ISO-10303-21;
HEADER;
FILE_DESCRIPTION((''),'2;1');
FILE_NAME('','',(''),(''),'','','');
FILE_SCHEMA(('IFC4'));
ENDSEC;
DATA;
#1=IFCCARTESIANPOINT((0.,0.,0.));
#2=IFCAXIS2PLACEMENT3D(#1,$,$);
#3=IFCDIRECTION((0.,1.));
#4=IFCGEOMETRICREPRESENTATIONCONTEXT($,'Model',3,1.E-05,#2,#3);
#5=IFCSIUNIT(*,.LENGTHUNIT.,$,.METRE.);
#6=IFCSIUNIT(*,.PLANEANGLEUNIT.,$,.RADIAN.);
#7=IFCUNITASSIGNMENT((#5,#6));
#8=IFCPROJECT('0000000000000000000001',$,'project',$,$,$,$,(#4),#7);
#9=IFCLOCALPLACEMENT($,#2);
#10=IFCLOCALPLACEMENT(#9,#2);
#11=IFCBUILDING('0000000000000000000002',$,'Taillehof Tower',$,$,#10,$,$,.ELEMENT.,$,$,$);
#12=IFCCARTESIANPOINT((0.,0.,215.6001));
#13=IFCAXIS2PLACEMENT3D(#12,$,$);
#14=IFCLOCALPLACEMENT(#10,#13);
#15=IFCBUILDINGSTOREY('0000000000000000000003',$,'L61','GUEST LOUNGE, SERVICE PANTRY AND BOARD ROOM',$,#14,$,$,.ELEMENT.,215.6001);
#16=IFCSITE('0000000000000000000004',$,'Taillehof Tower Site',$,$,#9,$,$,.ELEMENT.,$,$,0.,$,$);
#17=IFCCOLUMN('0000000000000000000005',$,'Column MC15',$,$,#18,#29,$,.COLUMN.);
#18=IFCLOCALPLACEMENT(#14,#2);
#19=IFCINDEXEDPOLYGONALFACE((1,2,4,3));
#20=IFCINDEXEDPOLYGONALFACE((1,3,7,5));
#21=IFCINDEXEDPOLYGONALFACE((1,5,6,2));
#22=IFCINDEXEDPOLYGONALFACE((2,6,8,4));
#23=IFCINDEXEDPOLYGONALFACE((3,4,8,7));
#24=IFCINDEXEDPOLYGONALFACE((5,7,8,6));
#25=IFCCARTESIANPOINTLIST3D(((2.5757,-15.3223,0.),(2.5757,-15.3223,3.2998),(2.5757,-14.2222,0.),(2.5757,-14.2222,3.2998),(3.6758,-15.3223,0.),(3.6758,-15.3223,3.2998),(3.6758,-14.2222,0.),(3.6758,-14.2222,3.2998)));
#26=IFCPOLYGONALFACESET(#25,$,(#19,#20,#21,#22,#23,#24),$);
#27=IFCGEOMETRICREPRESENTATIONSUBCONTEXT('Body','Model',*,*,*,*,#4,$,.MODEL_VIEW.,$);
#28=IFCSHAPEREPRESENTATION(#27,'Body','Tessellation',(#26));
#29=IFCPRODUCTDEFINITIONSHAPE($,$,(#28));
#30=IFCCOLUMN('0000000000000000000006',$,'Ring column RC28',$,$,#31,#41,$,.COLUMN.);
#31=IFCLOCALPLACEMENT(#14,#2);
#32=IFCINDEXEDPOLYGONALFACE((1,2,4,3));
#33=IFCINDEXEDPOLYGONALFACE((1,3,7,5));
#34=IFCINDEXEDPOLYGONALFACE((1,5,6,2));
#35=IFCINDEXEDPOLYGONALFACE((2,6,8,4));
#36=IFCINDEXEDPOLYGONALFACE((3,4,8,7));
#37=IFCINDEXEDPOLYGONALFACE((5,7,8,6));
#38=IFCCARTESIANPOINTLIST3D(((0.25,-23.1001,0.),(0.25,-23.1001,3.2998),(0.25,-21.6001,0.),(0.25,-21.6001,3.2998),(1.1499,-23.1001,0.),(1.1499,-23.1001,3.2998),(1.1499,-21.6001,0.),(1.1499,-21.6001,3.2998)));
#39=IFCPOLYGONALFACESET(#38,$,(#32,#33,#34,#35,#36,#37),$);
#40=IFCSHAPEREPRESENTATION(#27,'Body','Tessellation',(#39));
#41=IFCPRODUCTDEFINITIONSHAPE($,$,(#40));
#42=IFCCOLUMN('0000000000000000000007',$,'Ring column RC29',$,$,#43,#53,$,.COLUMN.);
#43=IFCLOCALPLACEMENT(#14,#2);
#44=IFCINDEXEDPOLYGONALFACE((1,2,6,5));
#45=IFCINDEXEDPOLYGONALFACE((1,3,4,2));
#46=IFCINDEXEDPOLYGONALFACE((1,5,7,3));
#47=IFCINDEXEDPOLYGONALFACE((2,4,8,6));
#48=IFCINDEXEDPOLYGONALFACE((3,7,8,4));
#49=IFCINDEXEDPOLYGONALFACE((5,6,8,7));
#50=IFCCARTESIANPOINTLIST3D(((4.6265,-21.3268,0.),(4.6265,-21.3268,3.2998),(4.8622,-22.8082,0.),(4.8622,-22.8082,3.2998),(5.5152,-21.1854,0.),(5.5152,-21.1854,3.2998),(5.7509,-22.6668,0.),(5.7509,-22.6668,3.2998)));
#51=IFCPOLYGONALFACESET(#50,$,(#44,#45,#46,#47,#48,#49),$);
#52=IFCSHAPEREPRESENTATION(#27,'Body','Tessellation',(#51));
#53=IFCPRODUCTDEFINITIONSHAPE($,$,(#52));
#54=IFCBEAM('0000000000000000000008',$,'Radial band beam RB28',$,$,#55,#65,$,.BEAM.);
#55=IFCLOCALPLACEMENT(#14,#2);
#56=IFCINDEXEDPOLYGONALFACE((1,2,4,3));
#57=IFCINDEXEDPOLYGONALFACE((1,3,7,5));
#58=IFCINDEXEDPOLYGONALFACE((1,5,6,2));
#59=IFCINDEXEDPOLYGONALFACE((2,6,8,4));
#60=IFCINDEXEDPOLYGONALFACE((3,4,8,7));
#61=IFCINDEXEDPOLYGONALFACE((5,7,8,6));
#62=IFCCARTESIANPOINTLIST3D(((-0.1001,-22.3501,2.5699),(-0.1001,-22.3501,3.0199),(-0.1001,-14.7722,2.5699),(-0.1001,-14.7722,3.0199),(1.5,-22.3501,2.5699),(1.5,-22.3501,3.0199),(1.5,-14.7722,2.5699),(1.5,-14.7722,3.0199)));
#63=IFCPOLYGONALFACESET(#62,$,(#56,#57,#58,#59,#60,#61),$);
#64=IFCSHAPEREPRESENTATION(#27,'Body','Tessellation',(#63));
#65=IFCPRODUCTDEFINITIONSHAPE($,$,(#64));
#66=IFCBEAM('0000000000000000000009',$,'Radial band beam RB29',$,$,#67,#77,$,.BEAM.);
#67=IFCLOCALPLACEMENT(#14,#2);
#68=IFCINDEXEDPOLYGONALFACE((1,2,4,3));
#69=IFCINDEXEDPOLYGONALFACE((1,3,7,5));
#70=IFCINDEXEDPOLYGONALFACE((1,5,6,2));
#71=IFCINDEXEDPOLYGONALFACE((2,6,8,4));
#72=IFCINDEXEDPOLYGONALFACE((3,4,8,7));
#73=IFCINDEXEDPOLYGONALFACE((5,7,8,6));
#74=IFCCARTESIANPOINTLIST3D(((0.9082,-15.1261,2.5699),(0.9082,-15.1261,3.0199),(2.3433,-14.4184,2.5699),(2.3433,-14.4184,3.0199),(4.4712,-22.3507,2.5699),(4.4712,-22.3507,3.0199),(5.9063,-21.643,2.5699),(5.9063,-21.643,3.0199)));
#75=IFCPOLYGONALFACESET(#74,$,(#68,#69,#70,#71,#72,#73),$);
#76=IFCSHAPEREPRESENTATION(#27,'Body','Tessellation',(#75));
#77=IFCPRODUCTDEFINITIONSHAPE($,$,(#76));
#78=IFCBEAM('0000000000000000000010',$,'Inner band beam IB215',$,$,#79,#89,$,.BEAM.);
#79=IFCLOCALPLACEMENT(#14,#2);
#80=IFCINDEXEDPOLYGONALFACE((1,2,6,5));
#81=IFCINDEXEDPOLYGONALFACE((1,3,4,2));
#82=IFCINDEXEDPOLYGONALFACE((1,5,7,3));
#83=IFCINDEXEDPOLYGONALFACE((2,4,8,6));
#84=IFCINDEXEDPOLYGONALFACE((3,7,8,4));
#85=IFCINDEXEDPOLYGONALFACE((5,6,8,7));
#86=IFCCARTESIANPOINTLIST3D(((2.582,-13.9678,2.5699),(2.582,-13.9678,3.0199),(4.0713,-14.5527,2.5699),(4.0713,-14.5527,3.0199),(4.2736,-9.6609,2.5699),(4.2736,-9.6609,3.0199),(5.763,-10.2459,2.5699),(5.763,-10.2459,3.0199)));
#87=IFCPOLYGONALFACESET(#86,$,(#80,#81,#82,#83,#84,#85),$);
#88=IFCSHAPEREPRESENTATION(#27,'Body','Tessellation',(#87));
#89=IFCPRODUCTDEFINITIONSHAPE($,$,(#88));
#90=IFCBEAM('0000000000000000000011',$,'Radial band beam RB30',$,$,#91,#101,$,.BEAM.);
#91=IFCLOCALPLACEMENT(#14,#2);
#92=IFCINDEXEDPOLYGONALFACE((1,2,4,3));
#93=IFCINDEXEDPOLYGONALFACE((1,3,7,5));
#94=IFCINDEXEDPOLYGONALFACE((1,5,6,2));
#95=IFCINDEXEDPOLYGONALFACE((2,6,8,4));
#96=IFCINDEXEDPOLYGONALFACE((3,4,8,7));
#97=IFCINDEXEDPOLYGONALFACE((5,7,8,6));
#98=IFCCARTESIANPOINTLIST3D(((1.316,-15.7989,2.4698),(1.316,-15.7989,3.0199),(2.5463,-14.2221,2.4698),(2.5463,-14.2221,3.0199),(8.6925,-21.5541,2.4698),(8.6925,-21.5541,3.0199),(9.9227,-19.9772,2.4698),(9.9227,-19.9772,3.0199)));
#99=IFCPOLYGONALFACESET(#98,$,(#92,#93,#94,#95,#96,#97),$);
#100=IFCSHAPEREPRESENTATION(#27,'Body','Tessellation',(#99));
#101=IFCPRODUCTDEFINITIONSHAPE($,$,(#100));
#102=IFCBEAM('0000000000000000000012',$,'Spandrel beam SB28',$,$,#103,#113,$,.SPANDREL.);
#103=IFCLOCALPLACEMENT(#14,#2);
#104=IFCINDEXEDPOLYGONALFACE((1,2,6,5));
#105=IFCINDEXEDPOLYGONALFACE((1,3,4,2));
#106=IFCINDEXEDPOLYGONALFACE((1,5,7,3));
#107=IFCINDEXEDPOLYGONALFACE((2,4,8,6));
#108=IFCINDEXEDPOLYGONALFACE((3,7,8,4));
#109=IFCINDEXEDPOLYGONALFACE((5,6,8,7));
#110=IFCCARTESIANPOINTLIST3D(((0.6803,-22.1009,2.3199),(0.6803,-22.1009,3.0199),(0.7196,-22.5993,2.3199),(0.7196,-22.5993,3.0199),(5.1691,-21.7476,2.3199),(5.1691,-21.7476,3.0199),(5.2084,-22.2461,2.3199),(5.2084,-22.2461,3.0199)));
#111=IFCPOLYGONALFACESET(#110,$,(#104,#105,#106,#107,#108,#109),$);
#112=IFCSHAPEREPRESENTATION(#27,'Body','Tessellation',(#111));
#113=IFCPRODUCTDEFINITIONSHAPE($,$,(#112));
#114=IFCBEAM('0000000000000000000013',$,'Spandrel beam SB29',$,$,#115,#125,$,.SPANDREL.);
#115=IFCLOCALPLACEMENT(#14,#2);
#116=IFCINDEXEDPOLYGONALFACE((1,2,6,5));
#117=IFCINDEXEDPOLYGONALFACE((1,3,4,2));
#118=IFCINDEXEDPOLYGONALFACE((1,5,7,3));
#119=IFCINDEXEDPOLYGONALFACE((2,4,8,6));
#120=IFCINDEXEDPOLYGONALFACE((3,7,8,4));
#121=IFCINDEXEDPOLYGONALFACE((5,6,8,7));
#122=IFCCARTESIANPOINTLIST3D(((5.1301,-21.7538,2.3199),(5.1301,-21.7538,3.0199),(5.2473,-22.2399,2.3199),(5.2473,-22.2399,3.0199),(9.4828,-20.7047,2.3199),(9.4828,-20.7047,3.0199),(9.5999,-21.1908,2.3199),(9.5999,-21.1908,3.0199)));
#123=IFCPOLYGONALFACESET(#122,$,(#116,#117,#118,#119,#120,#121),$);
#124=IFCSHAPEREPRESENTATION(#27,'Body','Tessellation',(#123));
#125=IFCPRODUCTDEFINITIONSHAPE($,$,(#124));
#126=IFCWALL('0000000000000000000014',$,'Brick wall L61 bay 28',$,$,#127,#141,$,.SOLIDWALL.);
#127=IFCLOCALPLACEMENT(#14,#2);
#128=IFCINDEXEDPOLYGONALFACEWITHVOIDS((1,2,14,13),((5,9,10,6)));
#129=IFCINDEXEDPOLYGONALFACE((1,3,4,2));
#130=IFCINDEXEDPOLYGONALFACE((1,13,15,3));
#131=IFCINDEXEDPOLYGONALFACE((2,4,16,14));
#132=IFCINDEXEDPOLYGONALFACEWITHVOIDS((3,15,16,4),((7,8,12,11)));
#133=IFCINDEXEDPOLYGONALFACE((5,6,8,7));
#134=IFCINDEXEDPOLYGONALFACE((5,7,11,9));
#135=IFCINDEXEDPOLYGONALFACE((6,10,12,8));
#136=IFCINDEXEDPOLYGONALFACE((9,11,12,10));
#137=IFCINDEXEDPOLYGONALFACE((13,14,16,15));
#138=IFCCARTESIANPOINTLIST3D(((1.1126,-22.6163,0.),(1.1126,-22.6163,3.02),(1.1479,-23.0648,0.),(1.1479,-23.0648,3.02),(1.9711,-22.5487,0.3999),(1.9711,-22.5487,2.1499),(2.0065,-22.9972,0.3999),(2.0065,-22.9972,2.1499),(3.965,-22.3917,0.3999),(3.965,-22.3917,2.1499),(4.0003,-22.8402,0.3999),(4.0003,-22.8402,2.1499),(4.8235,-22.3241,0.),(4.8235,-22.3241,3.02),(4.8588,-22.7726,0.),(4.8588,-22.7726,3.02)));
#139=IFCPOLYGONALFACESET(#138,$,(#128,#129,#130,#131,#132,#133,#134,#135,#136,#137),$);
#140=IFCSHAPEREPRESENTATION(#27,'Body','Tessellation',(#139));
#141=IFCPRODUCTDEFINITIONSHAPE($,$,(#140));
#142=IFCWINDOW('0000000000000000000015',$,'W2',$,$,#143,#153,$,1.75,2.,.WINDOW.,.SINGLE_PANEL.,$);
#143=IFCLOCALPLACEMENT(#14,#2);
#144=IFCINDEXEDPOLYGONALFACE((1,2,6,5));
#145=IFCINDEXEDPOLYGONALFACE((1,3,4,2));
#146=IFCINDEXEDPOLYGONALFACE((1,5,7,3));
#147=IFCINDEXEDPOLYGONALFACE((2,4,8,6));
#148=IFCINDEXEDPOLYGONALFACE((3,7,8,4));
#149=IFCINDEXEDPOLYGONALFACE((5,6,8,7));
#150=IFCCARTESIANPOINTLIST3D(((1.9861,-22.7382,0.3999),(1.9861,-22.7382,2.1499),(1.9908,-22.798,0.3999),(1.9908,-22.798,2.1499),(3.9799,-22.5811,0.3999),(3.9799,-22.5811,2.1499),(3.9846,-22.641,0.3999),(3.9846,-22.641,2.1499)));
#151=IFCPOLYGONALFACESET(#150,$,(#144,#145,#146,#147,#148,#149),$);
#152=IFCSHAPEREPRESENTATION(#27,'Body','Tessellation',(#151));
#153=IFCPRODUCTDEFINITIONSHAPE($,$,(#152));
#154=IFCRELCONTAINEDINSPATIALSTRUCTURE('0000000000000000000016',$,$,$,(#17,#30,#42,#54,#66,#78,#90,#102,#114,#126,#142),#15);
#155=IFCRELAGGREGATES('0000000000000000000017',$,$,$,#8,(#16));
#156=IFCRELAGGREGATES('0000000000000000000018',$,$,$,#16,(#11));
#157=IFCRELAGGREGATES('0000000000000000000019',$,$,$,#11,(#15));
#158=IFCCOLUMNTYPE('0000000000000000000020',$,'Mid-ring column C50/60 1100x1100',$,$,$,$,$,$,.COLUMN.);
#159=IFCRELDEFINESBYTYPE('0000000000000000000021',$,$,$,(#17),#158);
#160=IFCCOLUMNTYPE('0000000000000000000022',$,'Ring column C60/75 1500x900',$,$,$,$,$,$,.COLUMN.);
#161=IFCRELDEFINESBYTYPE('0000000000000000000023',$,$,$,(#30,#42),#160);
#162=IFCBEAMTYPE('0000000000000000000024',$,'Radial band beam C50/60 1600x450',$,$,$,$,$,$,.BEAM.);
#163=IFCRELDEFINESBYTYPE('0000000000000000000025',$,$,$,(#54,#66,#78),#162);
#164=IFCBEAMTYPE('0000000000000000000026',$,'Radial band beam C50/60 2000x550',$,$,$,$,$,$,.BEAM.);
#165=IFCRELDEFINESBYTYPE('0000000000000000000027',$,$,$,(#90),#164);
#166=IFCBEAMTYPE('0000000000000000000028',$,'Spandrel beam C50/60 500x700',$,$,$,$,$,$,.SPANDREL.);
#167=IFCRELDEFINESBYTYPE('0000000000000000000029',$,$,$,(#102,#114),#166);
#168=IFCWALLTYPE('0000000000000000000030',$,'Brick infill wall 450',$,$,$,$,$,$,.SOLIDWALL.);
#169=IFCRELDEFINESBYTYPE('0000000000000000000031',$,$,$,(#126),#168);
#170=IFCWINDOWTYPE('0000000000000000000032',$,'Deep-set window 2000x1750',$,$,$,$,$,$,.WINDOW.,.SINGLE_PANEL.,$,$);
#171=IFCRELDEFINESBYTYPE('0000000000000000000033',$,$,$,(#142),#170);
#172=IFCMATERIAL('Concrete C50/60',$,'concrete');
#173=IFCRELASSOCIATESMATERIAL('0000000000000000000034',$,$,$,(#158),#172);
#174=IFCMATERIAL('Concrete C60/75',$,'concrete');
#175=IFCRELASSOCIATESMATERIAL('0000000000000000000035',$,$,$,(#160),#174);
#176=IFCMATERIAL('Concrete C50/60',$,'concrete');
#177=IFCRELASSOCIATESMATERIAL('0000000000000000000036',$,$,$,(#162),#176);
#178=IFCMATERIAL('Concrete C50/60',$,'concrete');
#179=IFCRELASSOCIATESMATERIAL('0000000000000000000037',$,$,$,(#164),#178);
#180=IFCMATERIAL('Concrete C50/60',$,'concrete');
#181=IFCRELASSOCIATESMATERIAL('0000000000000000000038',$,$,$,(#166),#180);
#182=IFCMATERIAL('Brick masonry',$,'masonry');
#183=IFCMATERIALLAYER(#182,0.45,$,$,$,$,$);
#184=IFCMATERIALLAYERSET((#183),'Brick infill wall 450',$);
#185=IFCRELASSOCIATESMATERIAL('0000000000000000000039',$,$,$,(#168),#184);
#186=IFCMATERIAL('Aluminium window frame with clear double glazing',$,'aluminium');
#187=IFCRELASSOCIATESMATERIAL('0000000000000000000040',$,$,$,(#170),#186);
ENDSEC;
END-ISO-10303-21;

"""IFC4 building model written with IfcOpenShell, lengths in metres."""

from ifc_helpers import new_model, si_unit, direction, frame, frame_2d, origin, origin_2d, place, context, subcontext, project, spatial, rectangle, extrude, material, layer, layer_set, material_profile, profile_set, type_object, element, fill, save


model = new_model("IFC4")

# Units and contexts
model_context = context("Model", 3, precision=1e-05, world=origin(), true_north=direction((0.0, 1.0)))
body_context = subcontext(model_context, "Body", "Model", "MODEL_VIEW")
ifc_project = project(units=[si_unit("LENGTHUNIT", "METRE"), si_unit("PLANEANGLEUNIT", "RADIAN")], contexts=[model_context])

# Site, building, storey
site_placement = place(None, origin())
site = spatial("IfcSite", under=ifc_project, at=site_placement, Name="Taillehof Tower Site", CompositionType="ELEMENT", RefElevation=0.0)
building_placement = place(site_placement, origin())
building = spatial("IfcBuilding", under=site, at=building_placement, Name="Taillehof Tower", CompositionType="ELEMENT")
storey_placement = place(building_placement, frame((0.0, 0.0, 215.6001)))
storey = spatial("IfcBuildingStorey", under=building, at=storey_placement, Name="L61", Description="GUEST LOUNGE, SERVICE PANTRY AND BOARD ROOM", CompositionType="ELEMENT", Elevation=215.6001)

# Columns
ifc_material_1 = material(Name="Concrete C50/60", Category="concrete")
ifc_material_profile_1 = material_profile(ifc_material_1, rectangle(XDim=1.1001, YDim=1.1001, at=origin_2d()), Name="RC 1100x1100")
ifc_profile_set_1 = profile_set([ifc_material_profile_1], Name="Concrete C50/60")
column_type_1 = type_object("IfcColumnType", Name="Mid-ring column C50/60 1100x1100", PredefinedType="COLUMN", material=ifc_profile_set_1)
column_placement = place(storey_placement, frame((3.1257, -14.7722, 0.0), z_axis=(0.0, 0.0, 1.0), x_axis=(1.0, 0.0, 0.0)))
element("IfcColumn", 1, at=column_placement, inside=storey, type_object=column_type_1, Name="Column MC15", PredefinedType="COLUMN", context=body_context, shape_type="SweptSolid", body=[
    extrude(rectangle(XDim=1.1001, YDim=1.1001, at=origin_2d()), origin(), (0.0, 0.0, 1.0), 3.2998),
])
ifc_material_2 = material(Name="Concrete C60/75", Category="concrete")
ifc_material_profile_2 = material_profile(ifc_material_2, rectangle(XDim=1.5, YDim=0.8999, at=origin_2d()), Name="RC 1500x900")
ifc_profile_set_2 = profile_set([ifc_material_profile_2], Name="Concrete C60/75")
column_type_2 = type_object("IfcColumnType", Name="Ring column C60/75 1500x900", PredefinedType="COLUMN", material=ifc_profile_set_2)
for number, where, z_axis, x_axis, name in (
    (2, (0.7, -22.3501, 0.0), (0.0, 0.0, 1.0), (0.0, -1.0, 0.0), "Ring column RC28"),
    (3, (5.1887, -21.9968, 0.0), (0.0, 0.0, 1.0), (0.157116, -0.98758, 0.0), "Ring column RC29"),
):
    element("IfcColumn", number, at=place(storey_placement, frame(where, z_axis=z_axis, x_axis=x_axis)), inside=storey, type_object=column_type_2, Name=name, PredefinedType="COLUMN", context=body_context, shape_type="SweptSolid", body=[
        extrude(rectangle(XDim=1.5, YDim=0.8999, at=origin_2d()), origin(), (0.0, 0.0, 1.0), 3.2998),
    ])

# Beams
ifc_material_3 = material(Name="Concrete C50/60", Category="concrete")
ifc_material_profile_3 = material_profile(ifc_material_3, rectangle(XDim=1.6001, YDim=0.45, at=origin_2d()), Name="RC 1600x450")
ifc_profile_set_3 = profile_set([ifc_material_profile_3], Name="Concrete C50/60")
beam_type_1 = type_object("IfcBeamType", Name="Radial band beam C50/60 1600x450", PredefinedType="BEAM", material=ifc_profile_set_3)
beam_1_placement = place(storey_placement, frame((0.7, -22.3501, 2.7949), z_axis=(0.0, 1.0, 0.0), x_axis=(-1.0, 0.0, 0.0)))
element("IfcBeam", 4, at=beam_1_placement, inside=storey, type_object=beam_type_1, Name="Radial band beam RB28", PredefinedType="BEAM", context=body_context, shape_type="SweptSolid", body=[
    extrude(rectangle(XDim=1.6001, YDim=0.45, at=origin_2d()), origin(), (0.0, 0.0, 1.0), 7.5779),
])
beam_2_placement = place(storey_placement, frame((5.1887, -21.9968, 2.7949), z_axis=(-0.442309, 0.896863, 0.0), x_axis=(-0.896863, -0.442309, 0.0)))
element("IfcBeam", 5, at=beam_2_placement, inside=storey, type_object=beam_type_1, Name="Radial band beam RB29", PredefinedType="BEAM", context=body_context, shape_type="SweptSolid", body=[
    extrude(rectangle(XDim=1.6001, YDim=0.45, at=origin_2d()), origin(), (0.0, 0.0, 1.0), 8.0554),
])
beam_3_placement = place(storey_placement, frame((3.3267, -14.2603, 2.7949), z_axis=(0.365589, 0.930777, 0.0), x_axis=(-0.930777, 0.365589, 0.0)))
element("IfcBeam", 6, at=beam_3_placement, inside=storey, type_object=beam_type_1, Name="Inner band beam IB215", PredefinedType="BEAM", context=body_context, shape_type="SweptSolid", body=[
    extrude(rectangle(XDim=1.6001, YDim=0.45, at=origin_2d()), origin(), (0.0, 0.0, 1.0), 4.6272),
])
ifc_material_4 = material(Name="Concrete C50/60", Category="concrete")
ifc_material_profile_4 = material_profile(ifc_material_4, rectangle(XDim=2.0, YDim=0.55, at=origin_2d()), Name="RC 2000x550")
ifc_profile_set_4 = profile_set([ifc_material_profile_4], Name="Concrete C50/60")
beam_type_2 = type_object("IfcBeamType", Name="Radial band beam C50/60 2000x550", PredefinedType="BEAM", material=ifc_profile_set_4)
beam_4_placement = place(storey_placement, frame((9.3076, -20.7656, 2.7449), z_axis=(-0.788425, 0.61513, 0.0), x_axis=(-0.61513, -0.788425, 0.0)))
element("IfcBeam", 7, at=beam_4_placement, inside=storey, type_object=beam_type_2, Name="Radial band beam RB30", PredefinedType="BEAM", context=body_context, shape_type="SweptSolid", body=[
    extrude(rectangle(XDim=2.0, YDim=0.55, at=origin_2d()), origin(), (0.0, 0.0, 1.0), 9.356),
])
ifc_material_5 = material(Name="Concrete C50/60", Category="concrete")
ifc_material_profile_5 = material_profile(ifc_material_5, rectangle(XDim=0.5, YDim=0.7, at=origin_2d()), Name="RC 500x700")
ifc_profile_set_5 = profile_set([ifc_material_profile_5], Name="Concrete C50/60")
beam_type_3 = type_object("IfcBeamType", Name="Spandrel beam C50/60 500x700", PredefinedType="SPANDREL", material=ifc_profile_set_5)
beam_5_placement = place(storey_placement, frame((0.7, -22.3501, 2.6699), z_axis=(0.996917, 0.078459, 0.0), x_axis=(-0.078459, 0.996917, 0.0)))
element("IfcBeam", 8, at=beam_5_placement, inside=storey, type_object=beam_type_3, Name="Spandrel beam SB28", PredefinedType="SPANDREL", context=body_context, shape_type="SweptSolid", body=[
    extrude(rectangle(XDim=0.5, YDim=0.7, at=origin_2d()), origin(), (0.0, 0.0, 1.0), 4.5027),
])
beam_6_placement = place(storey_placement, frame((5.1887, -21.9968, 2.6699), z_axis=(0.972161, 0.234315, 0.0), x_axis=(-0.234315, 0.972161, 0.0)))
element("IfcBeam", 9, at=beam_6_placement, inside=storey, type_object=beam_type_3, Name="Spandrel beam SB29", PredefinedType="SPANDREL", context=body_context, shape_type="SweptSolid", body=[
    extrude(rectangle(XDim=0.5, YDim=0.7, at=origin_2d()), origin(), (0.0, 0.0, 1.0), 4.4773),
])

# Wall, opening, window
ifc_material_6 = material(Name="Brick masonry", Category="masonry")
ifc_layer_1 = layer(ifc_material_6, 0.45)
ifc_layer_set_1 = layer_set([ifc_layer_1], Name="Brick infill wall 450")
wall_type_1 = type_object("IfcWallType", Name="Brick infill wall 450", PredefinedType="SOLIDWALL", material=ifc_layer_set_1)
wall_1_placement = place(storey_placement, frame((1.1301, -22.8406, 0.0), z_axis=(0.0, 0.0, 1.0), x_axis=(0.996914, 0.078507, 0.0)))
wall_1 = element("IfcWall", 10, at=wall_1_placement, inside=storey, type_object=wall_type_1, Name="Brick wall L61 bay 28", PredefinedType="SOLIDWALL", context=body_context, shape_type="SweptSolid", body=[
    extrude(rectangle(XDim=3.7224, YDim=0.45, at=frame_2d((1.8613, 0.0))), origin(), (0.0, 0.0, 1.0), 3.02),
])
opening_1_placement = place(wall_1_placement, frame((0.8613, 0.0, 0.3999)))
opening_1 = element("IfcOpeningElement", 11, at=opening_1_placement, cuts=wall_1, PredefinedType="OPENING", context=body_context, shape_type="SweptSolid", body=[
    extrude(rectangle(XDim=2.0, YDim=1.75, at=frame_2d((1.0, 0.875))), frame((0.0, 0.2349, 0.0), z_axis=(0.0, -1.0, 0.0), x_axis=(1.0, 0.0, 0.0)), (0.0, 0.0, 1.0), 0.47),
])
ifc_material_7 = material(Name="Aluminium window frame with clear double glazing", Category="aluminium")
window_type = type_object("IfcWindowType", Name="Deep-set window 2000x1750", PartitioningType="SINGLE_PANEL", PredefinedType="WINDOW", material=ifc_material_7)
window_1_placement = place(opening_1_placement, origin())
window_1 = element("IfcWindow", 12, at=window_1_placement, inside=storey, type_object=window_type, Name="W2", OverallHeight=1.75, OverallWidth=2.0, PartitioningType="SINGLE_PANEL", PredefinedType="WINDOW", context=body_context, shape_type="SweptSolid", body=[
    extrude(rectangle(XDim=2.0, YDim=1.75, at=frame_2d((1.0, 0.875))), frame((0.0, 0.0349, 0.0), z_axis=(0.0, -1.0, 0.0), x_axis=(1.0, 0.0, 0.0)), (0.0, 0.0, 1.0), 0.0601),
])
fill(opening_1, window_1)

save(model, "model.ifc")
